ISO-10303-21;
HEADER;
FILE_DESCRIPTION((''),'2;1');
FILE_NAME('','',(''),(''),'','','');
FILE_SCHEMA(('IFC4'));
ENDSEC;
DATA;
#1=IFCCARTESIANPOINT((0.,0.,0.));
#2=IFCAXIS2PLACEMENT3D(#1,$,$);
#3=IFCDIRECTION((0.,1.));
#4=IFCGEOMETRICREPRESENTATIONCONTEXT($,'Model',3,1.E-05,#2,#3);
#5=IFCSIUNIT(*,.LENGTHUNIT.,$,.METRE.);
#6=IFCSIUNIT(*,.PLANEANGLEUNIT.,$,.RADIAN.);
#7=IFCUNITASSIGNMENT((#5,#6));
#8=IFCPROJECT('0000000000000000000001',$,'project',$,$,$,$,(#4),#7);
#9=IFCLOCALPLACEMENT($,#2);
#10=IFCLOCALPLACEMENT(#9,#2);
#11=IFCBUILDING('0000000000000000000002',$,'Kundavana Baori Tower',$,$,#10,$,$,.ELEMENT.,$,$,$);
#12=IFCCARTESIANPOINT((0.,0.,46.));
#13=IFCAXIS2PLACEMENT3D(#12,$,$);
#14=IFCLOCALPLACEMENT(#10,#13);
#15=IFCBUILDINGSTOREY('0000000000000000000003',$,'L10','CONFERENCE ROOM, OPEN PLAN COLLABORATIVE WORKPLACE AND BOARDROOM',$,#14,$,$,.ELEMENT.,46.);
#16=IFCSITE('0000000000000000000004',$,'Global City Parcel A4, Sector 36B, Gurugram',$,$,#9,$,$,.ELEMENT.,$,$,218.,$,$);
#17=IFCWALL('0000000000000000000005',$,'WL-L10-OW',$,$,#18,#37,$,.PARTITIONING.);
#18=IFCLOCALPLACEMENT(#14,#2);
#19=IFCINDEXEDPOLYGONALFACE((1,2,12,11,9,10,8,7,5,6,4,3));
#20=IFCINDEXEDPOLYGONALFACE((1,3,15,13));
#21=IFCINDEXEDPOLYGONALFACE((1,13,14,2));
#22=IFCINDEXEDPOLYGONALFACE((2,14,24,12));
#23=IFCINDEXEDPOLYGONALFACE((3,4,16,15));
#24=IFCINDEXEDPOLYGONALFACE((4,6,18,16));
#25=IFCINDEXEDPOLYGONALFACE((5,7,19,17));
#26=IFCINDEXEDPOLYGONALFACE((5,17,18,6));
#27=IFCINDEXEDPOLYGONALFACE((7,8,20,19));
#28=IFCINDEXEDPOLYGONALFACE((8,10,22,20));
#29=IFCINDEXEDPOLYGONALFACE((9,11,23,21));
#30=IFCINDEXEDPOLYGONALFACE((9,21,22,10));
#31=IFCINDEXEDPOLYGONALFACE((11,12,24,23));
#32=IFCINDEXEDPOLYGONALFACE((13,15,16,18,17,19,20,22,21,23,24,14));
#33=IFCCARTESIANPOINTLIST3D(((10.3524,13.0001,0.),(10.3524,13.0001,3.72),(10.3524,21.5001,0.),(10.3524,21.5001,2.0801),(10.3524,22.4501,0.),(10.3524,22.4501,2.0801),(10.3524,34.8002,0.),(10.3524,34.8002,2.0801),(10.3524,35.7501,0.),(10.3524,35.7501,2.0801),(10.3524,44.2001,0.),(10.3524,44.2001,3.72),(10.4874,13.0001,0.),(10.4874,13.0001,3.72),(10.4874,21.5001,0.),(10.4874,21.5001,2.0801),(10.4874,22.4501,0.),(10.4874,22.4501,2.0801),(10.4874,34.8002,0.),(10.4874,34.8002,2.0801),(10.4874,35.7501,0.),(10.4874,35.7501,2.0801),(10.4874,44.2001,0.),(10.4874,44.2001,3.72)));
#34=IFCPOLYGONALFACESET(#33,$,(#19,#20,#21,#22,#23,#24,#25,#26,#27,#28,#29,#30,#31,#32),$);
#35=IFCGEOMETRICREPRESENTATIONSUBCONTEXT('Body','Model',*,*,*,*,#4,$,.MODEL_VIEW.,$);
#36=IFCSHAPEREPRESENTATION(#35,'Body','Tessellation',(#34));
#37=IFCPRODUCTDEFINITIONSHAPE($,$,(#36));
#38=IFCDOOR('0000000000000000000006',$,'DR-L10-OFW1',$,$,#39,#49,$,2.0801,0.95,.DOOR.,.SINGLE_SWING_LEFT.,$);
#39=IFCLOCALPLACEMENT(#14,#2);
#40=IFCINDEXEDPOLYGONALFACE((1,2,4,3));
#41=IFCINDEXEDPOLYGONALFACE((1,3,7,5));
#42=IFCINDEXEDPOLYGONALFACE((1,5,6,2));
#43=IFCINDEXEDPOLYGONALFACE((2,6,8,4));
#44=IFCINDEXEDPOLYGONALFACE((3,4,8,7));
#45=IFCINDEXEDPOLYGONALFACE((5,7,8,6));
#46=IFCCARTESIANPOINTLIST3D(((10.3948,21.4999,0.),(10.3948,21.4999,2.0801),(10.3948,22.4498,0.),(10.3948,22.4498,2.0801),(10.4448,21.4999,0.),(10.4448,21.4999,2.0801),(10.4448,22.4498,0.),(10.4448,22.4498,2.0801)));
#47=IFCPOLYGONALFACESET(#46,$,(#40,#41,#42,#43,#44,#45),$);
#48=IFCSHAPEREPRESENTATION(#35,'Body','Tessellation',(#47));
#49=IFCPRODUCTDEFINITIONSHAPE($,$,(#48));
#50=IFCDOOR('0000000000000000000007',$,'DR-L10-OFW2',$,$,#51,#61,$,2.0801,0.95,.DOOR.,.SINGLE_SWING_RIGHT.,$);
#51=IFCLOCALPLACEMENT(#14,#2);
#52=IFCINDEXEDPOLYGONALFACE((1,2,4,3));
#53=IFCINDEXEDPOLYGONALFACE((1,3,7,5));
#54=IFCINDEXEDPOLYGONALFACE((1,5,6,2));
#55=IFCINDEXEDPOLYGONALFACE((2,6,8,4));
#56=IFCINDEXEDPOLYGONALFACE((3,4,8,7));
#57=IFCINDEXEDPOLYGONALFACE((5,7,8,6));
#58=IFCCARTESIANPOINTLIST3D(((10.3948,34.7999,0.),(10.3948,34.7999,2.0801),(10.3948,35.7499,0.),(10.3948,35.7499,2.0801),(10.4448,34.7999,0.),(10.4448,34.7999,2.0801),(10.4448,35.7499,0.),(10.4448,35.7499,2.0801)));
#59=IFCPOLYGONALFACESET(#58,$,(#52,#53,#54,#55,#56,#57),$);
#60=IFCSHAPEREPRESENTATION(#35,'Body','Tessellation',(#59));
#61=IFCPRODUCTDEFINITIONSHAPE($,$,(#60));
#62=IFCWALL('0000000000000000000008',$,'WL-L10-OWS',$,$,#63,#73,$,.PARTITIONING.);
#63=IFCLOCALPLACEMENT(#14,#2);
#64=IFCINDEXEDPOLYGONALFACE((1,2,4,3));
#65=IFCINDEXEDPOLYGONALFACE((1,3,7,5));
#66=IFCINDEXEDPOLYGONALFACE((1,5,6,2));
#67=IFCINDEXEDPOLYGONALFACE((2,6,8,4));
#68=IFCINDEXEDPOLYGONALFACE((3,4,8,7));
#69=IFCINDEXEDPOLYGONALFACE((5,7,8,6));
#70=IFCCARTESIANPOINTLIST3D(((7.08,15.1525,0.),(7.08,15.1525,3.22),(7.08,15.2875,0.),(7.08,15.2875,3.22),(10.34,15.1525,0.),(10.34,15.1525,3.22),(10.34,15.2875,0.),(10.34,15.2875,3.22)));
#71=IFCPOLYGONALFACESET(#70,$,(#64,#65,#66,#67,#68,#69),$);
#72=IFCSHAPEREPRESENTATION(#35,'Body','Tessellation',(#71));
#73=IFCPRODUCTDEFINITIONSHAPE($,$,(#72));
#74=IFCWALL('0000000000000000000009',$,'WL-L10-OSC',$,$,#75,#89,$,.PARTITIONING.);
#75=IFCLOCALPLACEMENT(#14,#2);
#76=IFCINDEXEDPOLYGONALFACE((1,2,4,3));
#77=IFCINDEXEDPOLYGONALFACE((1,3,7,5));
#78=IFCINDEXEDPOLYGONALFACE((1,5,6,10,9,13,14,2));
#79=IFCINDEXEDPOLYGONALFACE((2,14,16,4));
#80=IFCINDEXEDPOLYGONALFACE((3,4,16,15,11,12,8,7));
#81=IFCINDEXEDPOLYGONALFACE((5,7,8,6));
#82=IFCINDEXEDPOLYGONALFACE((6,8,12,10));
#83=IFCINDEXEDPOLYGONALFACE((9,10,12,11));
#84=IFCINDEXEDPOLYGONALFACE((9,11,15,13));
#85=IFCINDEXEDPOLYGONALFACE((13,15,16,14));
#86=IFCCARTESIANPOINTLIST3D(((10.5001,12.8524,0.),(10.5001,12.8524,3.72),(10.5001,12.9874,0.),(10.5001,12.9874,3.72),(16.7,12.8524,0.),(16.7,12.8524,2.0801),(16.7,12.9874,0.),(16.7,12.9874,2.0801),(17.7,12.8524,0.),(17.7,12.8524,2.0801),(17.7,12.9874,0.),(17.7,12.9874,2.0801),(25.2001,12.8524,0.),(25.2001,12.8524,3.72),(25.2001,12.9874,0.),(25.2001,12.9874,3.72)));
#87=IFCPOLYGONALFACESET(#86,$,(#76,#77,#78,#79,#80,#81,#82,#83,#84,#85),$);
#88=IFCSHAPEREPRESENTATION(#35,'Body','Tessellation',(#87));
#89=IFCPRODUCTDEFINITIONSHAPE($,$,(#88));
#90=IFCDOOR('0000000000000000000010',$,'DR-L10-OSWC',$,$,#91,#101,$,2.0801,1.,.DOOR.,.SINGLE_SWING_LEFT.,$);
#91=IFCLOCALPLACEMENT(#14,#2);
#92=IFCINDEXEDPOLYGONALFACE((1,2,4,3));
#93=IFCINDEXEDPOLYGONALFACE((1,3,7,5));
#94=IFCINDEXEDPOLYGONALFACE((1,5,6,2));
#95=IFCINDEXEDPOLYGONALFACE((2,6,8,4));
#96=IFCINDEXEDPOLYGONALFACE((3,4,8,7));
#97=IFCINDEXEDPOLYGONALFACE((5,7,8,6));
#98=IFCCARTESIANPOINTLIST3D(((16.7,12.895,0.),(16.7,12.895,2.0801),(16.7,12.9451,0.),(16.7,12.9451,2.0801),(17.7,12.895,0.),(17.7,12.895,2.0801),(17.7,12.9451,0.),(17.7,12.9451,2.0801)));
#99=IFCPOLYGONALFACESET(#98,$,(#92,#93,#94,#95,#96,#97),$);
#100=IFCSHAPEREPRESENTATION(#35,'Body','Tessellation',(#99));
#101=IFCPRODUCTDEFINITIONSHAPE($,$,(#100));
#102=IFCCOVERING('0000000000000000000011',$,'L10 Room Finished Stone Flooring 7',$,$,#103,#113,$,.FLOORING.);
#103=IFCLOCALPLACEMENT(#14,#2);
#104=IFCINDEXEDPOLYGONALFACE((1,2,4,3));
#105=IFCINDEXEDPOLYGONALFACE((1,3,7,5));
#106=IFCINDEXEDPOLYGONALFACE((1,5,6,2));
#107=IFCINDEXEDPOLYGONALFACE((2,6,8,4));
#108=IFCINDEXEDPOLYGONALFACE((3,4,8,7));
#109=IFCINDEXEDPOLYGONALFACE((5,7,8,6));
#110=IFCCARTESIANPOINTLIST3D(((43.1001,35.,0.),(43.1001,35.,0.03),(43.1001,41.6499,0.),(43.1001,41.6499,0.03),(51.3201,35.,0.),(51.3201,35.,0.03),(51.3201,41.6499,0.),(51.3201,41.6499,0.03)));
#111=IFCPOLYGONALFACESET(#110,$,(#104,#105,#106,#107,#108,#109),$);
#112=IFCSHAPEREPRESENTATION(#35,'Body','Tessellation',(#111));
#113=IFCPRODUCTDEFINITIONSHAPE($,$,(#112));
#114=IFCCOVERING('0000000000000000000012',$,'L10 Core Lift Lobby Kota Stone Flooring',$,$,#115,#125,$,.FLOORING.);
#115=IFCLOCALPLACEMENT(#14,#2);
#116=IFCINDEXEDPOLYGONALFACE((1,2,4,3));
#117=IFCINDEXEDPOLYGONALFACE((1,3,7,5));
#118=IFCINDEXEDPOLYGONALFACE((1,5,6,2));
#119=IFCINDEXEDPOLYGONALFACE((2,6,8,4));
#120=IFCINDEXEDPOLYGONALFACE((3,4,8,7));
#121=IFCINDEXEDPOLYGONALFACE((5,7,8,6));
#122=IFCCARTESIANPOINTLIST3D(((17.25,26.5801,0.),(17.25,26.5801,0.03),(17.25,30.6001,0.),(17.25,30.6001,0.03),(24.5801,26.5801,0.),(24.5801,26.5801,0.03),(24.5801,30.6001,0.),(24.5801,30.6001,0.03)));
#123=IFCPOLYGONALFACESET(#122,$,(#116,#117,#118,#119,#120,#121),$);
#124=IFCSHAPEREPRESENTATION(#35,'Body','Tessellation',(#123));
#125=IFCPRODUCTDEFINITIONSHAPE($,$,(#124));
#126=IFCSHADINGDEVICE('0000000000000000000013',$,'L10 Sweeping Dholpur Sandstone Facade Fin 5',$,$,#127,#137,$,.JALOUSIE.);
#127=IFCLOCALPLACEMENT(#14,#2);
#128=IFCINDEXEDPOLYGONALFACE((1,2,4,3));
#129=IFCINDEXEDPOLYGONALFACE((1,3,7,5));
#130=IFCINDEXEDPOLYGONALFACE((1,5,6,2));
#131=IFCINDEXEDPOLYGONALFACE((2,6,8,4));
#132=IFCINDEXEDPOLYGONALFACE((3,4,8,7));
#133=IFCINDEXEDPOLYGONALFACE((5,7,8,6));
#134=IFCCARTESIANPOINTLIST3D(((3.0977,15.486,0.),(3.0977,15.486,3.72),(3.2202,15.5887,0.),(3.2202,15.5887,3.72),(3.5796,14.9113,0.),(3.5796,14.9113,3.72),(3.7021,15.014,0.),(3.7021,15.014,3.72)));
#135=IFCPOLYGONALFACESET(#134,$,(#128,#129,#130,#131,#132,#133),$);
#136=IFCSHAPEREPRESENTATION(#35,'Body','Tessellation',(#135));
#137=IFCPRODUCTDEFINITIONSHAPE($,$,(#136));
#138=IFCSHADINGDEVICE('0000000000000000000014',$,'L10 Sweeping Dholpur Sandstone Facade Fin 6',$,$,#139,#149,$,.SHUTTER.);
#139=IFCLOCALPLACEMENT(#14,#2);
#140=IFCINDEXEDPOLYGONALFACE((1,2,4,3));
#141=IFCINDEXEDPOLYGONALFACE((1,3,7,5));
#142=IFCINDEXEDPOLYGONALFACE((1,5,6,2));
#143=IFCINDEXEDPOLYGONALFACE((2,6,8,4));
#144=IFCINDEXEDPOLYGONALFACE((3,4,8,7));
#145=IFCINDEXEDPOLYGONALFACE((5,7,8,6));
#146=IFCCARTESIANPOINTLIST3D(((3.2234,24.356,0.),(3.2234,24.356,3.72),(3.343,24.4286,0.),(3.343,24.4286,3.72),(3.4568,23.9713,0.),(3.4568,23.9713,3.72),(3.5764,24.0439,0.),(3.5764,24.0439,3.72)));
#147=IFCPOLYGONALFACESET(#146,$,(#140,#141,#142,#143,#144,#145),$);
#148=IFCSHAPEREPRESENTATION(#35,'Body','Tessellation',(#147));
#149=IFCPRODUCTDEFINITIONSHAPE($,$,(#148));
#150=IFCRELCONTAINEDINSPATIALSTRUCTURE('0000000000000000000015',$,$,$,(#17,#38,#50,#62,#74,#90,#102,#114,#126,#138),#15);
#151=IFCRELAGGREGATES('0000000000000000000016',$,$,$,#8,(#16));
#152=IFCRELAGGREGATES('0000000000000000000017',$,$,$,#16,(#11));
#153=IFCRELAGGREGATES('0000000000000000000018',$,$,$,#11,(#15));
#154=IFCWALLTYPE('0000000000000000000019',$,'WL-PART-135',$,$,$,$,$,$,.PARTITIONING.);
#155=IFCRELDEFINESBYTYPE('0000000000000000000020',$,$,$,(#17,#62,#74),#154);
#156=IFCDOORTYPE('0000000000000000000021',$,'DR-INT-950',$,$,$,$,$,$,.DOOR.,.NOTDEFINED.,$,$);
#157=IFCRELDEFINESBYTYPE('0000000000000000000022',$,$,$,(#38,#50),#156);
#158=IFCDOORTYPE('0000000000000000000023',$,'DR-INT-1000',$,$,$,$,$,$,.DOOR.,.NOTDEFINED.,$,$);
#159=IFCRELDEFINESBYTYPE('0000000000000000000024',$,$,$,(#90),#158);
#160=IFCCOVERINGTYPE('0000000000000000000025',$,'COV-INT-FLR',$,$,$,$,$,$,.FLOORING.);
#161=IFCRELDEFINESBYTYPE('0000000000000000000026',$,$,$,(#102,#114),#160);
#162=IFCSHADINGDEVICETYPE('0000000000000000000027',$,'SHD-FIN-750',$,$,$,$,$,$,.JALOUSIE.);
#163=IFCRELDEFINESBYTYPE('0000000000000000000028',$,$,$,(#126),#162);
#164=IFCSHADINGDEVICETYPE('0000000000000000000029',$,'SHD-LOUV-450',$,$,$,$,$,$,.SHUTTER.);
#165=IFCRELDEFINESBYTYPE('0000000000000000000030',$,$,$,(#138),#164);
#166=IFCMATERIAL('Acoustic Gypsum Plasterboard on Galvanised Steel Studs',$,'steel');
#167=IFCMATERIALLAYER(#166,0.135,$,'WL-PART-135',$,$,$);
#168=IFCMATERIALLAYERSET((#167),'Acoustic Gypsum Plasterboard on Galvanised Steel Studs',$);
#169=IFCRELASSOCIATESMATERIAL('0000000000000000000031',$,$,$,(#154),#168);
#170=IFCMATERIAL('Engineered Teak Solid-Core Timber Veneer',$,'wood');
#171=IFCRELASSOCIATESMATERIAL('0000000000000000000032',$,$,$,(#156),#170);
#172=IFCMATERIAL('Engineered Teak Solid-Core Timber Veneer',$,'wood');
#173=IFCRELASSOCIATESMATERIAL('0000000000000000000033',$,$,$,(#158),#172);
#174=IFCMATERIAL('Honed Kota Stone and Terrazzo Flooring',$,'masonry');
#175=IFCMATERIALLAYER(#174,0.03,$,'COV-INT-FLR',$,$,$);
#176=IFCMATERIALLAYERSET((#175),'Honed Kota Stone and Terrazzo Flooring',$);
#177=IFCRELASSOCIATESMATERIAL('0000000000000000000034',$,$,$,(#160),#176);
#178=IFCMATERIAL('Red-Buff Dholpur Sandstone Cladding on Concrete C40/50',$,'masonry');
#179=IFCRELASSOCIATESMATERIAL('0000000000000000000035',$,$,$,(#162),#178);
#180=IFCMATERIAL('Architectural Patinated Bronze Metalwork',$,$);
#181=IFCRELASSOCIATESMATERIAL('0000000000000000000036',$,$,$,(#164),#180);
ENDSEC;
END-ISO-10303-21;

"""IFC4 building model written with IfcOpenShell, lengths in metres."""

from ifc_helpers import new_model, si_unit, direction, frame, frame_2d, origin, origin_2d, place, context, subcontext, project, spatial, polyline, rectangle, outline, extrude, material, layer, layer_set, type_object, element, fill, save


model = new_model("IFC4")

# Units and contexts
model_context = context("Model", 3, precision=1e-05, world=origin(), true_north=direction((0.0, 1.0)))
body_context = subcontext(model_context, "Body", "Model", "MODEL_VIEW")
ifc_project = project(units=[si_unit("LENGTHUNIT", "METRE"), si_unit("PLANEANGLEUNIT", "RADIAN")], contexts=[model_context])

# Site, building, storey
site_placement = place(None, origin())
site = spatial("IfcSite", under=ifc_project, at=site_placement, Name="Global City Parcel A4, Sector 36B, Gurugram", CompositionType="ELEMENT", RefElevation=218.0)
building_placement = place(site_placement, origin())
building = spatial("IfcBuilding", under=site, at=building_placement, Name="Kundavana Baori Tower", CompositionType="ELEMENT")
storey_placement = place(building_placement, frame((0.0, 0.0, 46.0)))
storey = spatial("IfcBuildingStorey", under=building, at=storey_placement, Name="L10", Description="CONFERENCE ROOM, OPEN PLAN COLLABORATIVE WORKPLACE AND BOARDROOM", CompositionType="ELEMENT", Elevation=46.0)

# Wall, openings, doors
ifc_material_1 = material(Name="Acoustic Gypsum Plasterboard on Galvanised Steel Studs", Category="steel")
ifc_layer_1 = layer(ifc_material_1, 0.135, Name="WL-PART-135")
ifc_layer_set_1 = layer_set([ifc_layer_1], Name="Acoustic Gypsum Plasterboard on Galvanised Steel Studs")
wall_type_1 = type_object("IfcWallType", Name="WL-PART-135", PredefinedType="PARTITIONING", material=ifc_layer_set_1)
wall_1_placement = place(storey_placement, frame((10.4199, 13.0, 0.0), z_axis=(0.0, 0.0, 1.0), x_axis=(0.0, 1.0, 0.0)))
wall_1 = element("IfcWall", 1, at=wall_1_placement, inside=storey, type_object=wall_type_1, Name="WL-L10-OW", PredefinedType="PARTITIONING", context=body_context, shape_type="SweptSolid", body=[
    extrude(rectangle(XDim=31.2, YDim=0.135, at=frame_2d((15.6001, 0.0))), origin(), (0.0, 0.0, 1.0), 3.72),
])
opening_1_placement = place(wall_1_placement, frame((8.5, 0.0, 0.0)))
opening_1 = element("IfcOpeningElement", 2, at=opening_1_placement, cuts=wall_1, PredefinedType="OPENING", context=body_context, shape_type="SweptSolid", body=[
    extrude(rectangle(XDim=0.95, YDim=2.0801, at=frame_2d((0.4751, 1.04))), frame((0.0, 0.0776, 0.0), z_axis=(0.0, -1.0, 0.0), x_axis=(1.0, 0.0, 0.0)), (0.0, 0.0, 1.0), 0.155),
])
opening_2_placement = place(wall_1_placement, frame((21.8, 0.0, 0.0)))
opening_2 = element("IfcOpeningElement", 3, at=opening_2_placement, cuts=wall_1, PredefinedType="OPENING", context=body_context, shape_type="SweptSolid", body=[
    extrude(rectangle(XDim=0.95, YDim=2.0801, at=frame_2d((0.4751, 1.04))), frame((0.0, 0.0776, 0.0), z_axis=(0.0, -1.0, 0.0), x_axis=(1.0, 0.0, 0.0)), (0.0, 0.0, 1.0), 0.155),
])
ifc_material_2 = material(Name="Engineered Teak Solid-Core Timber Veneer", Category="wood")
door_type_1 = type_object("IfcDoorType", Name="DR-INT-950", OperationType="NOTDEFINED", PredefinedType="DOOR", material=ifc_material_2)
door_1_placement = place(opening_1_placement, frame((0.95, 0.0, 0.0), z_axis=(0.0, 0.0, 1.0), x_axis=(-1.0, 0.0, 0.0)))
door_1 = element("IfcDoor", 4, at=door_1_placement, inside=storey, type_object=door_type_1, Name="DR-L10-OFW1", OperationType="SINGLE_SWING_LEFT", OverallHeight=2.0801, OverallWidth=0.95, PredefinedType="DOOR", context=body_context, shape_type="SweptSolid", body=[
    extrude(rectangle(XDim=0.95, YDim=2.0801, at=frame_2d((0.4751, 1.04))), frame((0.0, 0.0249, 0.0), z_axis=(0.0, -1.0, 0.0), x_axis=(1.0, 0.0, 0.0)), (0.0, 0.0, 1.0), 0.05),
])
fill(opening_1, door_1)
door_2_placement = place(opening_2_placement, frame((0.95, 0.0, 0.0), z_axis=(0.0, 0.0, 1.0), x_axis=(-1.0, 0.0, 0.0)))
door_2 = element("IfcDoor", 5, at=door_2_placement, inside=storey, type_object=door_type_1, Name="DR-L10-OFW2", OperationType="SINGLE_SWING_RIGHT", OverallHeight=2.0801, OverallWidth=0.95, PredefinedType="DOOR", context=body_context, shape_type="SweptSolid", body=[
    extrude(rectangle(XDim=0.95, YDim=2.0801, at=frame_2d((0.4751, 1.04))), frame((0.0, 0.0249, 0.0), z_axis=(0.0, -1.0, 0.0), x_axis=(1.0, 0.0, 0.0)), (0.0, 0.0, 1.0), 0.05),
])
fill(opening_2, door_2)

# Wall
wall_2_placement = place(storey_placement, frame((7.0801, 15.22, 0.0), z_axis=(0.0, 0.0, 1.0), x_axis=(1.0, 0.0, 0.0)))
element("IfcWall", 6, at=wall_2_placement, inside=storey, type_object=wall_type_1, Name="WL-L10-OWS", PredefinedType="PARTITIONING", context=body_context, shape_type="SweptSolid", body=[
    extrude(rectangle(XDim=3.26, YDim=0.135, at=frame_2d((1.6299, 0.0))), origin(), (0.0, 0.0, 1.0), 3.22),
])

# Wall, opening, door
wall_3_placement = place(storey_placement, frame((10.5, 12.9199, 0.0), z_axis=(0.0, 0.0, 1.0), x_axis=(1.0, 0.0, 0.0)))
wall_3 = element("IfcWall", 7, at=wall_3_placement, inside=storey, type_object=wall_type_1, Name="WL-L10-OSC", PredefinedType="PARTITIONING", context=body_context, shape_type="SweptSolid", body=[
    extrude(rectangle(XDim=14.7, YDim=0.135, at=frame_2d((7.3501, 0.0))), origin(), (0.0, 0.0, 1.0), 3.72),
])
opening_3_placement = place(wall_3_placement, frame((6.2, 0.0, 0.0)))
opening_3 = element("IfcOpeningElement", 8, at=opening_3_placement, cuts=wall_3, PredefinedType="OPENING", context=body_context, shape_type="SweptSolid", body=[
    extrude(rectangle(XDim=1.0, YDim=2.0801, at=frame_2d((0.5, 1.04))), frame((0.0, 0.0776, 0.0), z_axis=(0.0, -1.0, 0.0), x_axis=(1.0, 0.0, 0.0)), (0.0, 0.0, 1.0), 0.155),
])
ifc_material_3 = material(Name="Engineered Teak Solid-Core Timber Veneer", Category="wood")
door_type_2 = type_object("IfcDoorType", Name="DR-INT-1000", OperationType="NOTDEFINED", PredefinedType="DOOR", material=ifc_material_3)
door_3_placement = place(opening_3_placement, frame((1.0, 0.0, 0.0), z_axis=(0.0, 0.0, 1.0), x_axis=(-1.0, 0.0, 0.0)))
door_3 = element("IfcDoor", 9, at=door_3_placement, inside=storey, type_object=door_type_2, Name="DR-L10-OSWC", OperationType="SINGLE_SWING_LEFT", OverallHeight=2.0801, OverallWidth=1.0, PredefinedType="DOOR", context=body_context, shape_type="SweptSolid", body=[
    extrude(rectangle(XDim=1.0, YDim=2.0801, at=frame_2d((0.5, 1.04))), frame((0.0, 0.0249, 0.0), z_axis=(0.0, -1.0, 0.0), x_axis=(1.0, 0.0, 0.0)), (0.0, 0.0, 1.0), 0.05),
])
fill(opening_3, door_3)

# Coverings
ifc_material_4 = material(Name="Honed Kota Stone and Terrazzo Flooring", Category="masonry")
ifc_layer_2 = layer(ifc_material_4, 0.03, Name="COV-INT-FLR")
ifc_layer_set_2 = layer_set([ifc_layer_2], Name="Honed Kota Stone and Terrazzo Flooring")
covering_type = type_object("IfcCoveringType", Name="COV-INT-FLR", PredefinedType="FLOORING", material=ifc_layer_set_2)
covering_1_placement = place(storey_placement, origin())
element("IfcCovering", 10, at=covering_1_placement, inside=storey, type_object=covering_type, Name="L10 Room Finished Stone Flooring 7", PredefinedType="FLOORING", context=body_context, shape_type="SweptSolid", body=[
    extrude(outline(polyline([(43.1001, 35.0), (51.3201, 35.0), (51.3201, 41.6499), (43.1001, 41.6499), (43.1001, 35.0)])), origin(), (0.0, 0.0, 1.0), 0.03),
])
covering_2_placement = place(storey_placement, origin())
element("IfcCovering", 11, at=covering_2_placement, inside=storey, type_object=covering_type, Name="L10 Core Lift Lobby Kota Stone Flooring", PredefinedType="FLOORING", context=body_context, shape_type="SweptSolid", body=[
    extrude(outline(polyline([(17.25, 26.5801), (24.5801, 26.5801), (24.5801, 30.6001), (17.25, 30.6001), (17.25, 26.5801)])), origin(), (0.0, 0.0, 1.0), 0.03),
])

# Shading devices
ifc_material_5 = material(Name="Red-Buff Dholpur Sandstone Cladding on Concrete C40/50", Category="masonry")
shading_device_type_1 = type_object("IfcShadingDeviceType", Name="SHD-FIN-750", PredefinedType="JALOUSIE", material=ifc_material_5)
shading_device_1_placement = place(storey_placement, frame((3.3999, 15.25, 0.0), z_axis=(0.0, 0.0, 1.0), x_axis=(0.766269, 0.64252, 0.0)))
element("IfcShadingDevice", 12, at=shading_device_1_placement, inside=storey, type_object=shading_device_type_1, Name="L10 Sweeping Dholpur Sandstone Facade Fin 5", PredefinedType="JALOUSIE", context=body_context, shape_type="SweptSolid", body=[
    extrude(rectangle(XDim=0.1599, YDim=0.75, at=origin_2d()), origin(), (0.0, 0.0, 1.0), 3.72),
])
ifc_material_6 = material(Name="Architectural Patinated Bronze Metalwork")
shading_device_type_2 = type_object("IfcShadingDeviceType", Name="SHD-LOUV-450", PredefinedType="SHUTTER", material=ifc_material_6)
shading_device_2_placement = place(storey_placement, frame((3.3999, 24.2, 0.0), z_axis=(0.0, 0.0, 1.0), x_axis=(0.854912, 0.518773, 0.0)))
element("IfcShadingDevice", 13, at=shading_device_2_placement, inside=storey, type_object=shading_device_type_2, Name="L10 Sweeping Dholpur Sandstone Facade Fin 6", PredefinedType="SHUTTER", context=body_context, shape_type="SweptSolid", body=[
    extrude(rectangle(XDim=0.1399, YDim=0.45, at=origin_2d()), origin(), (0.0, 0.0, 1.0), 3.72),
])

save(model, "model.ifc")
